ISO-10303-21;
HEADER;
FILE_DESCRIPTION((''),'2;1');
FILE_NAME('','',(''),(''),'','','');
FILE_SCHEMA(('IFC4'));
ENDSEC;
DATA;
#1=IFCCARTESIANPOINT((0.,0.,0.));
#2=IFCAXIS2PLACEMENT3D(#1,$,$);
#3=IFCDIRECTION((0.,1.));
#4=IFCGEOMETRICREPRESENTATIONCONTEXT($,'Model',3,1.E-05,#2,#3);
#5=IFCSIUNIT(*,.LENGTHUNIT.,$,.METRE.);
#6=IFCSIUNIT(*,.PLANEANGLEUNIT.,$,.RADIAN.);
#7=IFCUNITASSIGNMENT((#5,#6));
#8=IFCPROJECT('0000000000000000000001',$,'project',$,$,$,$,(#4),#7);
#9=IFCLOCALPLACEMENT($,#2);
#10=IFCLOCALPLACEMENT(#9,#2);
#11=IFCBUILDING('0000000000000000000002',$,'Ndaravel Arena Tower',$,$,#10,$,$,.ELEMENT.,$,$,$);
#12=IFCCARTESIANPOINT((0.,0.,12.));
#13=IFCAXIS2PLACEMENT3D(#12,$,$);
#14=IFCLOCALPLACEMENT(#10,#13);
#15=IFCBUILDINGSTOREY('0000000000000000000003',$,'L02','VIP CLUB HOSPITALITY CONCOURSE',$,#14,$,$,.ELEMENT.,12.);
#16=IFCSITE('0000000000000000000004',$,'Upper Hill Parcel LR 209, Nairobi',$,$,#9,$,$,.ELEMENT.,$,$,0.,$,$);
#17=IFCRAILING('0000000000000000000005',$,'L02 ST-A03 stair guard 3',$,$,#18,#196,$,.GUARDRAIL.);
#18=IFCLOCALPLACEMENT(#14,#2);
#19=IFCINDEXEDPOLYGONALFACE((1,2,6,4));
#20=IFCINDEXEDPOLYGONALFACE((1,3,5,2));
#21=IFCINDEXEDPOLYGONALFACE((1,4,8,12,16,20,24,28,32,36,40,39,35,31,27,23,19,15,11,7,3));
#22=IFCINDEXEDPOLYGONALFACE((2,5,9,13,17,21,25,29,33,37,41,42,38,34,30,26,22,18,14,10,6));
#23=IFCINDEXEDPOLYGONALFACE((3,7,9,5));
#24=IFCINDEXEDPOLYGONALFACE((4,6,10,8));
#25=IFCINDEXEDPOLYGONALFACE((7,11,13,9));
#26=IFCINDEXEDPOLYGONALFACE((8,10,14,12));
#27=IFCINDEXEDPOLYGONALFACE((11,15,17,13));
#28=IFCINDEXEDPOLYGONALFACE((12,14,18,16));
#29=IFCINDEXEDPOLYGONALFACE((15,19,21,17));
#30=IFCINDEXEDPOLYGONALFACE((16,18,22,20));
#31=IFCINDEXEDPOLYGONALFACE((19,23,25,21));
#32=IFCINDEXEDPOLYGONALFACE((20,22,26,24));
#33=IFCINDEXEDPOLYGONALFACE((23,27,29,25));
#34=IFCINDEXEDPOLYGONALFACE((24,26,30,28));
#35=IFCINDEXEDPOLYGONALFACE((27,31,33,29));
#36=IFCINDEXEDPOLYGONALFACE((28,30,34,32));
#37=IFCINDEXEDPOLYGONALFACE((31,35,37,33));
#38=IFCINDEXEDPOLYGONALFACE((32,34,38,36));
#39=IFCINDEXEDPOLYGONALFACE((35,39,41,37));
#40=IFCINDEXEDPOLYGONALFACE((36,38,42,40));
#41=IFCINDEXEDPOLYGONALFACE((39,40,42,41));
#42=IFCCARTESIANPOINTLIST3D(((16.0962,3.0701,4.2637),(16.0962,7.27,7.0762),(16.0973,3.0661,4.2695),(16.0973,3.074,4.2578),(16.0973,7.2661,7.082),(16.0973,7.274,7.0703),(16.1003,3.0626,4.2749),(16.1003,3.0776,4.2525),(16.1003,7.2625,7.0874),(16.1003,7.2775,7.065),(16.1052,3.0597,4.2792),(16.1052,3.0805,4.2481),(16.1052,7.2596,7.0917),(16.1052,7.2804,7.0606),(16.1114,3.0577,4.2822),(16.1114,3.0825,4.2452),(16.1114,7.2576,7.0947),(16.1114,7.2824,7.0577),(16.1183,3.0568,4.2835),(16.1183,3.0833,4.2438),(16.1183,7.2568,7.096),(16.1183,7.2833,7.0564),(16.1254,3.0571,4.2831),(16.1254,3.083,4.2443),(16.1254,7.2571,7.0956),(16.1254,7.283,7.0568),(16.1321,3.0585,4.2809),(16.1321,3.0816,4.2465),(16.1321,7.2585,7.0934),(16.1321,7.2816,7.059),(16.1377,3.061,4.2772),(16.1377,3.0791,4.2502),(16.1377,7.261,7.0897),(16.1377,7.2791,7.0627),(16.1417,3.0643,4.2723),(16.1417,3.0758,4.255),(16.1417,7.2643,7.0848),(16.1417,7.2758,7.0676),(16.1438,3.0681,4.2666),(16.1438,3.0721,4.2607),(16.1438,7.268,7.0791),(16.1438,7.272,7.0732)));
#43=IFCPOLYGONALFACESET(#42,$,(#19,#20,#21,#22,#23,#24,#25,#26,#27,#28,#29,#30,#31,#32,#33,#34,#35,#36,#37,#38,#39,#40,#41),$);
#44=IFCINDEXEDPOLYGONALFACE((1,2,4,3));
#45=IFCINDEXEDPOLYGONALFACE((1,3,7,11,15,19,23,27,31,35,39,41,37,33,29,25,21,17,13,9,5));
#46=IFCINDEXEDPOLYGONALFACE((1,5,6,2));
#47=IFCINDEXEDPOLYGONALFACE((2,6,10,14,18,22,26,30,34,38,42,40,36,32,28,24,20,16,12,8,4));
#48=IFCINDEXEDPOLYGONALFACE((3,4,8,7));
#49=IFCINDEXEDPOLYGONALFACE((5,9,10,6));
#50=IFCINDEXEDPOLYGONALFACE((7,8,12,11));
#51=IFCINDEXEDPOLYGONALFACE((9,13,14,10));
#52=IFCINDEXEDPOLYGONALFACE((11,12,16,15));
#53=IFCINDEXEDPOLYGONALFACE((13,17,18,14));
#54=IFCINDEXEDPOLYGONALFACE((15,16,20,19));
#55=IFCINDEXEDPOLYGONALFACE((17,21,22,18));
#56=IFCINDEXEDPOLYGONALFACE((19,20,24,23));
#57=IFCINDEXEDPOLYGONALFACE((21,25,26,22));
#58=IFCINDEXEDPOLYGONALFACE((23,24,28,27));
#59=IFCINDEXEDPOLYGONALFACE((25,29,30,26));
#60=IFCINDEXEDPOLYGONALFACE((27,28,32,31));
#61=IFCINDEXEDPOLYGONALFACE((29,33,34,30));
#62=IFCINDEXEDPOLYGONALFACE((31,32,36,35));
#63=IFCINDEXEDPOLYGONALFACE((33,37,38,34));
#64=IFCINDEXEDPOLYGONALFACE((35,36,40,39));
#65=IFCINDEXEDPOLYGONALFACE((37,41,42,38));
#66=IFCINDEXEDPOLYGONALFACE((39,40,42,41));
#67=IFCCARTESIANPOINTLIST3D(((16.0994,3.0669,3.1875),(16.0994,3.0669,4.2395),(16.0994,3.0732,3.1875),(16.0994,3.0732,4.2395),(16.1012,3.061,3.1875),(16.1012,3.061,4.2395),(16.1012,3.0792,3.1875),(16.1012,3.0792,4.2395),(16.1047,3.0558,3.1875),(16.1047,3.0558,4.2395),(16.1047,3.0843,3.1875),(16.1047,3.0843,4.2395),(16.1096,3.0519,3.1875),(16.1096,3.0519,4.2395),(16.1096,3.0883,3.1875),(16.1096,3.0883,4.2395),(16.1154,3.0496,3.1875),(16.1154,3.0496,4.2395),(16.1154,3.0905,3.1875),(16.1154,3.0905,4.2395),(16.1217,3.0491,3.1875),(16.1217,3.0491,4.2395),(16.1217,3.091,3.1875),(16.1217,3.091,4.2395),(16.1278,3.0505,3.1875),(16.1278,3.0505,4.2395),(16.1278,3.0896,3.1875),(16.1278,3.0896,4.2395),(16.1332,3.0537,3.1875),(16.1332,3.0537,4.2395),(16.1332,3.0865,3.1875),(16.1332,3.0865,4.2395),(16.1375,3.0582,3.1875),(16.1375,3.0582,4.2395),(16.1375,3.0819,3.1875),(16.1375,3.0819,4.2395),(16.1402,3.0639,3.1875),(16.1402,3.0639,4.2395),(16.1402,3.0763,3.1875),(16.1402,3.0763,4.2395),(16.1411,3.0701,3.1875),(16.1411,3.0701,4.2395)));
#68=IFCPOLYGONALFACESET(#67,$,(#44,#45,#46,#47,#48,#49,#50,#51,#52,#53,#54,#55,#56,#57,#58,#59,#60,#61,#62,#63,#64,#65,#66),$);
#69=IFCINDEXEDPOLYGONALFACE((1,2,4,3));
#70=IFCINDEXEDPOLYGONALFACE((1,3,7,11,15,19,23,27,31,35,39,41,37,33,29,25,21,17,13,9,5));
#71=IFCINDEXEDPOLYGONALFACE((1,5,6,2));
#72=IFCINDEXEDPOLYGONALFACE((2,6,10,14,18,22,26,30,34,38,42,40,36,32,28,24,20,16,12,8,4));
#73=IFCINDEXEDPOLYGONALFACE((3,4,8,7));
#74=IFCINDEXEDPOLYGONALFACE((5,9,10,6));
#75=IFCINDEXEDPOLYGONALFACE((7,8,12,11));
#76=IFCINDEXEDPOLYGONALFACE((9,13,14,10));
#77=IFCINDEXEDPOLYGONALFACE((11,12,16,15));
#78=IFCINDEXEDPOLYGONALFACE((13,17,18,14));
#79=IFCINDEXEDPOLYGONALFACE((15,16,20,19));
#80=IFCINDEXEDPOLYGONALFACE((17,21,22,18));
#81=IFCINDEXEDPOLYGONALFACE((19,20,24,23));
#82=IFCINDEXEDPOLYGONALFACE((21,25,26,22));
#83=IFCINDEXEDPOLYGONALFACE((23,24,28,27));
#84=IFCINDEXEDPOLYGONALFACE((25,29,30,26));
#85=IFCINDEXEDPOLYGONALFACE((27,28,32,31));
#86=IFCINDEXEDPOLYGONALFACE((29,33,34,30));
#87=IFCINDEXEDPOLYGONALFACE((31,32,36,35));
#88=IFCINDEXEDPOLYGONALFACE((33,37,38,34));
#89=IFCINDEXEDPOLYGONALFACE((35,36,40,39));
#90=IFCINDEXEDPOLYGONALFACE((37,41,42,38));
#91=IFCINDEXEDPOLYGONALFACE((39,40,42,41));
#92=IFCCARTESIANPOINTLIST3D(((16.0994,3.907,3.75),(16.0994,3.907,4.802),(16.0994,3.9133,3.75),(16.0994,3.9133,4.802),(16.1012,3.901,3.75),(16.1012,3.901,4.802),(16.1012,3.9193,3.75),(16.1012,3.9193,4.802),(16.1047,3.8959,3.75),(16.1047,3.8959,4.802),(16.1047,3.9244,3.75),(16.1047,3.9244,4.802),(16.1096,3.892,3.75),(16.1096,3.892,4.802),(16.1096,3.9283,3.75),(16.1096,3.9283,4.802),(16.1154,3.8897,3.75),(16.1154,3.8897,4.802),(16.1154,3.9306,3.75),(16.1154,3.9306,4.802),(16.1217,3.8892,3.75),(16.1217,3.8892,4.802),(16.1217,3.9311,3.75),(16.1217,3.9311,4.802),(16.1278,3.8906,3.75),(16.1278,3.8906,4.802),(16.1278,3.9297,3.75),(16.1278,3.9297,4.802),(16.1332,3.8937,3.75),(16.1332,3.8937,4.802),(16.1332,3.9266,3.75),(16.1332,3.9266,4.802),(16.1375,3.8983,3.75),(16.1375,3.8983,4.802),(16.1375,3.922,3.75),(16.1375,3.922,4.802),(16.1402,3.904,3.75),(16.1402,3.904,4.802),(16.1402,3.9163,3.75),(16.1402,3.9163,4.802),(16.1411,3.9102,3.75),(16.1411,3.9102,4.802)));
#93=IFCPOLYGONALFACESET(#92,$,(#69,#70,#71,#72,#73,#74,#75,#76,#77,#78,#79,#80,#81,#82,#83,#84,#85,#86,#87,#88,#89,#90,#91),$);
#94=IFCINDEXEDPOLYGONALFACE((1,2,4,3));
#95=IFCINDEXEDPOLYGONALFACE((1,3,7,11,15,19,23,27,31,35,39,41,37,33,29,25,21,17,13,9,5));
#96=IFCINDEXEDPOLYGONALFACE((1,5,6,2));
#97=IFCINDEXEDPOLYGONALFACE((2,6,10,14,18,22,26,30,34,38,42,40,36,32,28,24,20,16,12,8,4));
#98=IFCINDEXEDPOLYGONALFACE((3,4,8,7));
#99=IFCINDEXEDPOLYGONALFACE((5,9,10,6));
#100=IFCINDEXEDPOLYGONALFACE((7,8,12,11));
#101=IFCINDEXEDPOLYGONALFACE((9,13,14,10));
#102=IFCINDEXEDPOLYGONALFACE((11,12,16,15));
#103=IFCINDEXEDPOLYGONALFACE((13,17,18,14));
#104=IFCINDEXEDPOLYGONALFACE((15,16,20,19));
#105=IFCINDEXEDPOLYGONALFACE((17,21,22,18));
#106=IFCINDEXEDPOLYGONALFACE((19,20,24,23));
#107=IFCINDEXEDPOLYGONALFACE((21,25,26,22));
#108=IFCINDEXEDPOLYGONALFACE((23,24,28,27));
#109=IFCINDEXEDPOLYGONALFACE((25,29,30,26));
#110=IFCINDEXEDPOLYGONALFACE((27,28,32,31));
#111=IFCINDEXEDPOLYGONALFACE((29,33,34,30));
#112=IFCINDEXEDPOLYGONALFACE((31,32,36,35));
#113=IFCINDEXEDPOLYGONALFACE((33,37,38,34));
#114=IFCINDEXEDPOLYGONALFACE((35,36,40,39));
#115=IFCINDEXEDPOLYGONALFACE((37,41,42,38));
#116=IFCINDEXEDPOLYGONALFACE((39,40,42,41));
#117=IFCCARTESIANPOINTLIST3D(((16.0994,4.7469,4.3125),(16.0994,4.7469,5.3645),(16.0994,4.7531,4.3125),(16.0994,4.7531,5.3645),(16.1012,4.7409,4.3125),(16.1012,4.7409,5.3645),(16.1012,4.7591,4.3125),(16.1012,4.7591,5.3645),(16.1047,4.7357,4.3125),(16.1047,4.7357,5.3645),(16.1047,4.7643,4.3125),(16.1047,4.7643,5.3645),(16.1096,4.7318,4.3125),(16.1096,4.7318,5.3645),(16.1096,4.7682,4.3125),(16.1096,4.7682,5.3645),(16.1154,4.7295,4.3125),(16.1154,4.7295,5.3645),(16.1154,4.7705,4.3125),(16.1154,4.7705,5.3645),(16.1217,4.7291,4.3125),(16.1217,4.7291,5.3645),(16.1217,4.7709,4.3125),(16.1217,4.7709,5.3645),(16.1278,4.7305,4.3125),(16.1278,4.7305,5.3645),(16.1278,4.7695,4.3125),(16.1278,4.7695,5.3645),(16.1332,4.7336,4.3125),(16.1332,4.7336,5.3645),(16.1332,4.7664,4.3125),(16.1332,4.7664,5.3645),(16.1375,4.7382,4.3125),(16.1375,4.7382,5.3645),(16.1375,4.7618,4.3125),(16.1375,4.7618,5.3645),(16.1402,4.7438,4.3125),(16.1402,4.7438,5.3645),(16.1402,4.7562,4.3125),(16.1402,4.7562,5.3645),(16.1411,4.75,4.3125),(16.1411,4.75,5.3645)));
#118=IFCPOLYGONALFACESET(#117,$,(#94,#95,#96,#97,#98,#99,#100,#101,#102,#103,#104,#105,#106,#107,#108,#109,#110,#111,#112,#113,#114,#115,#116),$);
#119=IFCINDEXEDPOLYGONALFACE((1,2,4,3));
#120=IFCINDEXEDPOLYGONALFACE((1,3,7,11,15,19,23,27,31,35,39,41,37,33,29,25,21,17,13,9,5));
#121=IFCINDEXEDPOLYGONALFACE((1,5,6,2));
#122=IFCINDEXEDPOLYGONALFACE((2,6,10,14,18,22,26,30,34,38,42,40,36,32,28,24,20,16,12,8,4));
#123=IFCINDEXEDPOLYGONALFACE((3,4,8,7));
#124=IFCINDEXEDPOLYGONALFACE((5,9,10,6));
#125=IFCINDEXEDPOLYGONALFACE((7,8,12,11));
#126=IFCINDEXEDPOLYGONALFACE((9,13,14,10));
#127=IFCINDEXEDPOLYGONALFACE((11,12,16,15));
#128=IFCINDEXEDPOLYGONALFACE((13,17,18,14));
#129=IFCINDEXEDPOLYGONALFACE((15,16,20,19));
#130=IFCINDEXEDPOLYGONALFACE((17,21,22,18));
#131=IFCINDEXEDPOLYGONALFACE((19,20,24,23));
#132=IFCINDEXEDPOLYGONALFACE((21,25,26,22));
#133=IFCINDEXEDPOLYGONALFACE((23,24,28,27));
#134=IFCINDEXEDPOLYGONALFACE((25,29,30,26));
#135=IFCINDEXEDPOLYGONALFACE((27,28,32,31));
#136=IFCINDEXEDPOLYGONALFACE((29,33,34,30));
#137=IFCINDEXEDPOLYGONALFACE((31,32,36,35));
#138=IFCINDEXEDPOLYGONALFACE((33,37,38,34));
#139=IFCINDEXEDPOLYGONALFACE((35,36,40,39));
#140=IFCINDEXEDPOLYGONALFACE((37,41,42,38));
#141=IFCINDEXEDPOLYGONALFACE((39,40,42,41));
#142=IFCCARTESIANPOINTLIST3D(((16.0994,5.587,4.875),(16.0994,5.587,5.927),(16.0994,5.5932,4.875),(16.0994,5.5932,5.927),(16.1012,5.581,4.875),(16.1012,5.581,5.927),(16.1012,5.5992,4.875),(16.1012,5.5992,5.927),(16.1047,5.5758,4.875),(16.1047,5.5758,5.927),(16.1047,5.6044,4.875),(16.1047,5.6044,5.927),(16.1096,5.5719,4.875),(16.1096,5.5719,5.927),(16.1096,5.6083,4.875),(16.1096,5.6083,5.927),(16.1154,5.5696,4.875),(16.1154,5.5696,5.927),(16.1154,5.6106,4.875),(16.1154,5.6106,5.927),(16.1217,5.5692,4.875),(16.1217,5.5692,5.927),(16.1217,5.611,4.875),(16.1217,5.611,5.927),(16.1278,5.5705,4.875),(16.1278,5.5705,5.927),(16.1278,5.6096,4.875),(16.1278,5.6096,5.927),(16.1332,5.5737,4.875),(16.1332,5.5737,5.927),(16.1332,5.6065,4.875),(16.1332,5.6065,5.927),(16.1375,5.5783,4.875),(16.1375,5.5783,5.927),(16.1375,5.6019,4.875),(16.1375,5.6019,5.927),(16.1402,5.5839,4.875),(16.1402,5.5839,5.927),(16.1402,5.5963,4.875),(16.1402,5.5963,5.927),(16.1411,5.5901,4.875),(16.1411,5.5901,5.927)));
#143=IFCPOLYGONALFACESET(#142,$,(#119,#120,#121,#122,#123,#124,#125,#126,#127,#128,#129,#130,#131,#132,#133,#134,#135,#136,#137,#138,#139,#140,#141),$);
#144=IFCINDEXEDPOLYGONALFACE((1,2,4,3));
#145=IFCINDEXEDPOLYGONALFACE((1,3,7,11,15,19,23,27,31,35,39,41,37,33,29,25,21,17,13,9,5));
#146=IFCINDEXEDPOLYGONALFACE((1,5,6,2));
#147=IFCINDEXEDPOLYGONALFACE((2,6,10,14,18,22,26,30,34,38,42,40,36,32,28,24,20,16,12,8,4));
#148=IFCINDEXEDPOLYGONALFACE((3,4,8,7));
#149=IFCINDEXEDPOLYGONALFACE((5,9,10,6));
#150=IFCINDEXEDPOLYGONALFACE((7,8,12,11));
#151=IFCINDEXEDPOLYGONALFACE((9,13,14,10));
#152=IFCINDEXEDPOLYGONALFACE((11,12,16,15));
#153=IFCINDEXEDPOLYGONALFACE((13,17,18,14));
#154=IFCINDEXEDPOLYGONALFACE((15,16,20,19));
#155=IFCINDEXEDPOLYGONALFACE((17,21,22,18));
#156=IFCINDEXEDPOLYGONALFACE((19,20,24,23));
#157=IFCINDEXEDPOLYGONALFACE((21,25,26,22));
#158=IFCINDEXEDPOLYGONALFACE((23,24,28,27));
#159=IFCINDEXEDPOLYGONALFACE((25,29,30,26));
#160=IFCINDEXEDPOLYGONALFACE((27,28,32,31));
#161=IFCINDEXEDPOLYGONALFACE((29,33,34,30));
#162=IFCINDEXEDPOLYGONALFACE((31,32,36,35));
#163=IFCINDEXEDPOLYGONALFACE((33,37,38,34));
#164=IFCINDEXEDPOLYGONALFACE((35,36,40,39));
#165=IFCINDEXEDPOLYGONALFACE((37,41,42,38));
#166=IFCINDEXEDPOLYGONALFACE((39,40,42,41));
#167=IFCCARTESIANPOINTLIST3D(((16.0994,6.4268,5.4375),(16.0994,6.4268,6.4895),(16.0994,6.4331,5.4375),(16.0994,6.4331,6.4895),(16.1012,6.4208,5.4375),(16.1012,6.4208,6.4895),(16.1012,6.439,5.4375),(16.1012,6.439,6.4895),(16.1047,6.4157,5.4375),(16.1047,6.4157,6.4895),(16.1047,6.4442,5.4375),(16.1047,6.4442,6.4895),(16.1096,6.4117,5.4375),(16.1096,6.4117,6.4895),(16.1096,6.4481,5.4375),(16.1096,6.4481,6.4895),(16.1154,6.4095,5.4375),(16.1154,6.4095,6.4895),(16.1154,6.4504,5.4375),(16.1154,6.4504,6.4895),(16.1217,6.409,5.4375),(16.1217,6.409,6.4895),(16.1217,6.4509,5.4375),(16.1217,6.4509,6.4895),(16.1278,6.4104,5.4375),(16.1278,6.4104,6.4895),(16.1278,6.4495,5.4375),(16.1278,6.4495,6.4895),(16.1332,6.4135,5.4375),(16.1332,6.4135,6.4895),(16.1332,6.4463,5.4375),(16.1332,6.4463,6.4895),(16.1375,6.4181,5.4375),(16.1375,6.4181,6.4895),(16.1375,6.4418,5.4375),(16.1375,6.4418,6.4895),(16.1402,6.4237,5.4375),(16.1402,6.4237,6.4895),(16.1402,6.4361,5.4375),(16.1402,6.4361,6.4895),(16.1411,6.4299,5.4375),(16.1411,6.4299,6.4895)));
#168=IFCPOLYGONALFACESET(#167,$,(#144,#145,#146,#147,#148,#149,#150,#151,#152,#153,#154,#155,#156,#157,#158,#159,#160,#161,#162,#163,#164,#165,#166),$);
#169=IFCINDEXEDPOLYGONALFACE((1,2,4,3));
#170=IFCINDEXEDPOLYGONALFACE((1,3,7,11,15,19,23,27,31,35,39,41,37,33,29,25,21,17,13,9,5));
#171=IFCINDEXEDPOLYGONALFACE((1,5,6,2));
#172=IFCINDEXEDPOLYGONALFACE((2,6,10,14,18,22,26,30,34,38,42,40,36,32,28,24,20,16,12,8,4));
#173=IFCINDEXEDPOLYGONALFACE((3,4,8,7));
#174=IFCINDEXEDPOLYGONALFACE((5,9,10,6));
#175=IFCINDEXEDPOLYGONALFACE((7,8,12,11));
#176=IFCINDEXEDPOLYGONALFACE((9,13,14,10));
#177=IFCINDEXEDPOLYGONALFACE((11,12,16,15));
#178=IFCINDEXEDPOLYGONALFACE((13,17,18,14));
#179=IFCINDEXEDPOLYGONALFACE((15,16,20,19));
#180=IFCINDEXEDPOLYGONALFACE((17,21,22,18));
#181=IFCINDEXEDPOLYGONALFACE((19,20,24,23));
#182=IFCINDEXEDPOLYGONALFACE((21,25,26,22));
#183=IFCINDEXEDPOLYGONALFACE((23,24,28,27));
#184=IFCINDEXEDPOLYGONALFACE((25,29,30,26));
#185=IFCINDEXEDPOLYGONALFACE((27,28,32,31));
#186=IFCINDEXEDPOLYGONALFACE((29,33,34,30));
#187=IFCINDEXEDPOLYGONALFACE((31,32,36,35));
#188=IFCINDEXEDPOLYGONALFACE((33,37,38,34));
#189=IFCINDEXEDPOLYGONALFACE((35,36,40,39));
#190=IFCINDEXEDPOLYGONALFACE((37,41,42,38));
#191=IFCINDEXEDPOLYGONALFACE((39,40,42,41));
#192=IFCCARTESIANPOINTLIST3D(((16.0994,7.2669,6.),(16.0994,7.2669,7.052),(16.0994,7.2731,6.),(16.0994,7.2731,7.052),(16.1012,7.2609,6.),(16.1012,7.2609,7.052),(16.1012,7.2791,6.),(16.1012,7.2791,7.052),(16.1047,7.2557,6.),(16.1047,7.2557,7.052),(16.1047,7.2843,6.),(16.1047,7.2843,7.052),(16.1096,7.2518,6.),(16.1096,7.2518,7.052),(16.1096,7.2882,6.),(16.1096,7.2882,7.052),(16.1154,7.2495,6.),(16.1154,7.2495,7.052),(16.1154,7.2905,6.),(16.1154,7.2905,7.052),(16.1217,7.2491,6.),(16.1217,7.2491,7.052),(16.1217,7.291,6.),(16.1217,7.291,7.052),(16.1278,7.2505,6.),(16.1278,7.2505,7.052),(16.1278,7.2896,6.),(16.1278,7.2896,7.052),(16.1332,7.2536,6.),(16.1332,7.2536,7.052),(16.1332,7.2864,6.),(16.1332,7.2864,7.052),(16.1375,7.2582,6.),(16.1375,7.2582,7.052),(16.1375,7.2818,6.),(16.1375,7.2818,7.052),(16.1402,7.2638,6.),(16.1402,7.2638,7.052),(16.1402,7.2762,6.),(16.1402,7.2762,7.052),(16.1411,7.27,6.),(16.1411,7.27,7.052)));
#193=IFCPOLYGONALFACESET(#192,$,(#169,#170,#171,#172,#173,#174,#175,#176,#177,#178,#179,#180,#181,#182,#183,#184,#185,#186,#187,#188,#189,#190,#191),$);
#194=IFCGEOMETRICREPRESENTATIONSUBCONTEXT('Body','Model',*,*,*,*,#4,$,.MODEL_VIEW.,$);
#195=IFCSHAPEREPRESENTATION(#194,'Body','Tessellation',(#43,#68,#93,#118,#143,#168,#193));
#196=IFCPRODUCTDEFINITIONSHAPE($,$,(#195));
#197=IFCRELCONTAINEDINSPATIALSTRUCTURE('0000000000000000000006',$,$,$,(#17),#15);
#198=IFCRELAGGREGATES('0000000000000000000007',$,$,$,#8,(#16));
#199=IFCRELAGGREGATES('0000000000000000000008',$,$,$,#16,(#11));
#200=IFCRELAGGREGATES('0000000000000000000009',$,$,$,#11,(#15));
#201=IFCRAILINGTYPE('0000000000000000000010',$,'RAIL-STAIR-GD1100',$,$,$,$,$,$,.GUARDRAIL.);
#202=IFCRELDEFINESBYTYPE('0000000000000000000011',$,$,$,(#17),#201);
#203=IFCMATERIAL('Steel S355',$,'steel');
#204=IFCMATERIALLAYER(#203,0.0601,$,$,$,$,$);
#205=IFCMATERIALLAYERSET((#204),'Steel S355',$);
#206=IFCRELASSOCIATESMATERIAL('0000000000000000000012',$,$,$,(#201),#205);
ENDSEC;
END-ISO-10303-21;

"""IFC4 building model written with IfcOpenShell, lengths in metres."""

from ifc_helpers import new_model, si_unit, direction, frame, origin, origin_2d, place, context, subcontext, project, spatial, circle, extrude, material, layer, layer_set, type_object, element, save


model = new_model("IFC4")

# Units and contexts
model_context = context("Model", 3, precision=1e-05, world=origin(), true_north=direction((0.0, 1.0)))
body_context = subcontext(model_context, "Body", "Model", "MODEL_VIEW")
ifc_project = project(units=[si_unit("LENGTHUNIT", "METRE"), si_unit("PLANEANGLEUNIT", "RADIAN")], contexts=[model_context])

# Site, building, storey
site_placement = place(None, origin())
site = spatial("IfcSite", under=ifc_project, at=site_placement, Name="Upper Hill Parcel LR 209, Nairobi", CompositionType="ELEMENT", RefElevation=0.0)
building_placement = place(site_placement, origin())
building = spatial("IfcBuilding", under=site, at=building_placement, Name="Ndaravel Arena Tower", CompositionType="ELEMENT")
storey_placement = place(building_placement, frame((0.0, 0.0, 12.0)))
storey = spatial("IfcBuildingStorey", under=building, at=storey_placement, Name="L02", Description="VIP CLUB HOSPITALITY CONCOURSE", CompositionType="ELEMENT", Elevation=12.0)

# Railing
ifc_material_1 = material(Name="Steel S355", Category="steel")
ifc_layer_1 = layer(ifc_material_1, 0.0601)
ifc_layer_set_1 = layer_set([ifc_layer_1], Name="Steel S355")
railing_type_1 = type_object("IfcRailingType", Name="RAIL-STAIR-GD1100", PredefinedType="GUARDRAIL", material=ifc_layer_set_1)
railing_1_placement = place(storey_placement, frame((16.1201, 3.0701, 3.1875)))
element("IfcRailing", 1, at=railing_1_placement, inside=storey, type_object=railing_type_1, Name="L02 ST-A03 stair guard 3", PredefinedType="GUARDRAIL", context=body_context, shape_type="SweptSolid", body=[
    extrude(circle(Radius=0.0239, at=origin_2d()), frame((0.0, 0.0, 1.0762), z_axis=(0.0, 0.830904, 0.556416), x_axis=(-1.0, 0.0, 0.0)), (0.0, 0.0, 1.0), 5.0547),
    extrude(circle(Radius=0.021, at=origin_2d()), origin(), (0.0, 0.0, 1.0), 1.052),
    extrude(circle(Radius=0.021, at=origin_2d()), frame((0.0, 0.8401, 0.5625)), (0.0, 0.0, 1.0), 1.052),
    extrude(circle(Radius=0.021, at=origin_2d()), frame((0.0, 1.6799, 1.125)), (0.0, 0.0, 1.0), 1.052),
    extrude(circle(Radius=0.021, at=origin_2d()), frame((0.0, 2.52, 1.6875)), (0.0, 0.0, 1.0), 1.052),
    extrude(circle(Radius=0.021, at=origin_2d()), frame((0.0, 3.3599, 2.25)), (0.0, 0.0, 1.0), 1.052),
    extrude(circle(Radius=0.021, at=origin_2d()), frame((0.0, 4.2, 2.8125)), (0.0, 0.0, 1.0), 1.052),
])

save(model, "model.ifc")
